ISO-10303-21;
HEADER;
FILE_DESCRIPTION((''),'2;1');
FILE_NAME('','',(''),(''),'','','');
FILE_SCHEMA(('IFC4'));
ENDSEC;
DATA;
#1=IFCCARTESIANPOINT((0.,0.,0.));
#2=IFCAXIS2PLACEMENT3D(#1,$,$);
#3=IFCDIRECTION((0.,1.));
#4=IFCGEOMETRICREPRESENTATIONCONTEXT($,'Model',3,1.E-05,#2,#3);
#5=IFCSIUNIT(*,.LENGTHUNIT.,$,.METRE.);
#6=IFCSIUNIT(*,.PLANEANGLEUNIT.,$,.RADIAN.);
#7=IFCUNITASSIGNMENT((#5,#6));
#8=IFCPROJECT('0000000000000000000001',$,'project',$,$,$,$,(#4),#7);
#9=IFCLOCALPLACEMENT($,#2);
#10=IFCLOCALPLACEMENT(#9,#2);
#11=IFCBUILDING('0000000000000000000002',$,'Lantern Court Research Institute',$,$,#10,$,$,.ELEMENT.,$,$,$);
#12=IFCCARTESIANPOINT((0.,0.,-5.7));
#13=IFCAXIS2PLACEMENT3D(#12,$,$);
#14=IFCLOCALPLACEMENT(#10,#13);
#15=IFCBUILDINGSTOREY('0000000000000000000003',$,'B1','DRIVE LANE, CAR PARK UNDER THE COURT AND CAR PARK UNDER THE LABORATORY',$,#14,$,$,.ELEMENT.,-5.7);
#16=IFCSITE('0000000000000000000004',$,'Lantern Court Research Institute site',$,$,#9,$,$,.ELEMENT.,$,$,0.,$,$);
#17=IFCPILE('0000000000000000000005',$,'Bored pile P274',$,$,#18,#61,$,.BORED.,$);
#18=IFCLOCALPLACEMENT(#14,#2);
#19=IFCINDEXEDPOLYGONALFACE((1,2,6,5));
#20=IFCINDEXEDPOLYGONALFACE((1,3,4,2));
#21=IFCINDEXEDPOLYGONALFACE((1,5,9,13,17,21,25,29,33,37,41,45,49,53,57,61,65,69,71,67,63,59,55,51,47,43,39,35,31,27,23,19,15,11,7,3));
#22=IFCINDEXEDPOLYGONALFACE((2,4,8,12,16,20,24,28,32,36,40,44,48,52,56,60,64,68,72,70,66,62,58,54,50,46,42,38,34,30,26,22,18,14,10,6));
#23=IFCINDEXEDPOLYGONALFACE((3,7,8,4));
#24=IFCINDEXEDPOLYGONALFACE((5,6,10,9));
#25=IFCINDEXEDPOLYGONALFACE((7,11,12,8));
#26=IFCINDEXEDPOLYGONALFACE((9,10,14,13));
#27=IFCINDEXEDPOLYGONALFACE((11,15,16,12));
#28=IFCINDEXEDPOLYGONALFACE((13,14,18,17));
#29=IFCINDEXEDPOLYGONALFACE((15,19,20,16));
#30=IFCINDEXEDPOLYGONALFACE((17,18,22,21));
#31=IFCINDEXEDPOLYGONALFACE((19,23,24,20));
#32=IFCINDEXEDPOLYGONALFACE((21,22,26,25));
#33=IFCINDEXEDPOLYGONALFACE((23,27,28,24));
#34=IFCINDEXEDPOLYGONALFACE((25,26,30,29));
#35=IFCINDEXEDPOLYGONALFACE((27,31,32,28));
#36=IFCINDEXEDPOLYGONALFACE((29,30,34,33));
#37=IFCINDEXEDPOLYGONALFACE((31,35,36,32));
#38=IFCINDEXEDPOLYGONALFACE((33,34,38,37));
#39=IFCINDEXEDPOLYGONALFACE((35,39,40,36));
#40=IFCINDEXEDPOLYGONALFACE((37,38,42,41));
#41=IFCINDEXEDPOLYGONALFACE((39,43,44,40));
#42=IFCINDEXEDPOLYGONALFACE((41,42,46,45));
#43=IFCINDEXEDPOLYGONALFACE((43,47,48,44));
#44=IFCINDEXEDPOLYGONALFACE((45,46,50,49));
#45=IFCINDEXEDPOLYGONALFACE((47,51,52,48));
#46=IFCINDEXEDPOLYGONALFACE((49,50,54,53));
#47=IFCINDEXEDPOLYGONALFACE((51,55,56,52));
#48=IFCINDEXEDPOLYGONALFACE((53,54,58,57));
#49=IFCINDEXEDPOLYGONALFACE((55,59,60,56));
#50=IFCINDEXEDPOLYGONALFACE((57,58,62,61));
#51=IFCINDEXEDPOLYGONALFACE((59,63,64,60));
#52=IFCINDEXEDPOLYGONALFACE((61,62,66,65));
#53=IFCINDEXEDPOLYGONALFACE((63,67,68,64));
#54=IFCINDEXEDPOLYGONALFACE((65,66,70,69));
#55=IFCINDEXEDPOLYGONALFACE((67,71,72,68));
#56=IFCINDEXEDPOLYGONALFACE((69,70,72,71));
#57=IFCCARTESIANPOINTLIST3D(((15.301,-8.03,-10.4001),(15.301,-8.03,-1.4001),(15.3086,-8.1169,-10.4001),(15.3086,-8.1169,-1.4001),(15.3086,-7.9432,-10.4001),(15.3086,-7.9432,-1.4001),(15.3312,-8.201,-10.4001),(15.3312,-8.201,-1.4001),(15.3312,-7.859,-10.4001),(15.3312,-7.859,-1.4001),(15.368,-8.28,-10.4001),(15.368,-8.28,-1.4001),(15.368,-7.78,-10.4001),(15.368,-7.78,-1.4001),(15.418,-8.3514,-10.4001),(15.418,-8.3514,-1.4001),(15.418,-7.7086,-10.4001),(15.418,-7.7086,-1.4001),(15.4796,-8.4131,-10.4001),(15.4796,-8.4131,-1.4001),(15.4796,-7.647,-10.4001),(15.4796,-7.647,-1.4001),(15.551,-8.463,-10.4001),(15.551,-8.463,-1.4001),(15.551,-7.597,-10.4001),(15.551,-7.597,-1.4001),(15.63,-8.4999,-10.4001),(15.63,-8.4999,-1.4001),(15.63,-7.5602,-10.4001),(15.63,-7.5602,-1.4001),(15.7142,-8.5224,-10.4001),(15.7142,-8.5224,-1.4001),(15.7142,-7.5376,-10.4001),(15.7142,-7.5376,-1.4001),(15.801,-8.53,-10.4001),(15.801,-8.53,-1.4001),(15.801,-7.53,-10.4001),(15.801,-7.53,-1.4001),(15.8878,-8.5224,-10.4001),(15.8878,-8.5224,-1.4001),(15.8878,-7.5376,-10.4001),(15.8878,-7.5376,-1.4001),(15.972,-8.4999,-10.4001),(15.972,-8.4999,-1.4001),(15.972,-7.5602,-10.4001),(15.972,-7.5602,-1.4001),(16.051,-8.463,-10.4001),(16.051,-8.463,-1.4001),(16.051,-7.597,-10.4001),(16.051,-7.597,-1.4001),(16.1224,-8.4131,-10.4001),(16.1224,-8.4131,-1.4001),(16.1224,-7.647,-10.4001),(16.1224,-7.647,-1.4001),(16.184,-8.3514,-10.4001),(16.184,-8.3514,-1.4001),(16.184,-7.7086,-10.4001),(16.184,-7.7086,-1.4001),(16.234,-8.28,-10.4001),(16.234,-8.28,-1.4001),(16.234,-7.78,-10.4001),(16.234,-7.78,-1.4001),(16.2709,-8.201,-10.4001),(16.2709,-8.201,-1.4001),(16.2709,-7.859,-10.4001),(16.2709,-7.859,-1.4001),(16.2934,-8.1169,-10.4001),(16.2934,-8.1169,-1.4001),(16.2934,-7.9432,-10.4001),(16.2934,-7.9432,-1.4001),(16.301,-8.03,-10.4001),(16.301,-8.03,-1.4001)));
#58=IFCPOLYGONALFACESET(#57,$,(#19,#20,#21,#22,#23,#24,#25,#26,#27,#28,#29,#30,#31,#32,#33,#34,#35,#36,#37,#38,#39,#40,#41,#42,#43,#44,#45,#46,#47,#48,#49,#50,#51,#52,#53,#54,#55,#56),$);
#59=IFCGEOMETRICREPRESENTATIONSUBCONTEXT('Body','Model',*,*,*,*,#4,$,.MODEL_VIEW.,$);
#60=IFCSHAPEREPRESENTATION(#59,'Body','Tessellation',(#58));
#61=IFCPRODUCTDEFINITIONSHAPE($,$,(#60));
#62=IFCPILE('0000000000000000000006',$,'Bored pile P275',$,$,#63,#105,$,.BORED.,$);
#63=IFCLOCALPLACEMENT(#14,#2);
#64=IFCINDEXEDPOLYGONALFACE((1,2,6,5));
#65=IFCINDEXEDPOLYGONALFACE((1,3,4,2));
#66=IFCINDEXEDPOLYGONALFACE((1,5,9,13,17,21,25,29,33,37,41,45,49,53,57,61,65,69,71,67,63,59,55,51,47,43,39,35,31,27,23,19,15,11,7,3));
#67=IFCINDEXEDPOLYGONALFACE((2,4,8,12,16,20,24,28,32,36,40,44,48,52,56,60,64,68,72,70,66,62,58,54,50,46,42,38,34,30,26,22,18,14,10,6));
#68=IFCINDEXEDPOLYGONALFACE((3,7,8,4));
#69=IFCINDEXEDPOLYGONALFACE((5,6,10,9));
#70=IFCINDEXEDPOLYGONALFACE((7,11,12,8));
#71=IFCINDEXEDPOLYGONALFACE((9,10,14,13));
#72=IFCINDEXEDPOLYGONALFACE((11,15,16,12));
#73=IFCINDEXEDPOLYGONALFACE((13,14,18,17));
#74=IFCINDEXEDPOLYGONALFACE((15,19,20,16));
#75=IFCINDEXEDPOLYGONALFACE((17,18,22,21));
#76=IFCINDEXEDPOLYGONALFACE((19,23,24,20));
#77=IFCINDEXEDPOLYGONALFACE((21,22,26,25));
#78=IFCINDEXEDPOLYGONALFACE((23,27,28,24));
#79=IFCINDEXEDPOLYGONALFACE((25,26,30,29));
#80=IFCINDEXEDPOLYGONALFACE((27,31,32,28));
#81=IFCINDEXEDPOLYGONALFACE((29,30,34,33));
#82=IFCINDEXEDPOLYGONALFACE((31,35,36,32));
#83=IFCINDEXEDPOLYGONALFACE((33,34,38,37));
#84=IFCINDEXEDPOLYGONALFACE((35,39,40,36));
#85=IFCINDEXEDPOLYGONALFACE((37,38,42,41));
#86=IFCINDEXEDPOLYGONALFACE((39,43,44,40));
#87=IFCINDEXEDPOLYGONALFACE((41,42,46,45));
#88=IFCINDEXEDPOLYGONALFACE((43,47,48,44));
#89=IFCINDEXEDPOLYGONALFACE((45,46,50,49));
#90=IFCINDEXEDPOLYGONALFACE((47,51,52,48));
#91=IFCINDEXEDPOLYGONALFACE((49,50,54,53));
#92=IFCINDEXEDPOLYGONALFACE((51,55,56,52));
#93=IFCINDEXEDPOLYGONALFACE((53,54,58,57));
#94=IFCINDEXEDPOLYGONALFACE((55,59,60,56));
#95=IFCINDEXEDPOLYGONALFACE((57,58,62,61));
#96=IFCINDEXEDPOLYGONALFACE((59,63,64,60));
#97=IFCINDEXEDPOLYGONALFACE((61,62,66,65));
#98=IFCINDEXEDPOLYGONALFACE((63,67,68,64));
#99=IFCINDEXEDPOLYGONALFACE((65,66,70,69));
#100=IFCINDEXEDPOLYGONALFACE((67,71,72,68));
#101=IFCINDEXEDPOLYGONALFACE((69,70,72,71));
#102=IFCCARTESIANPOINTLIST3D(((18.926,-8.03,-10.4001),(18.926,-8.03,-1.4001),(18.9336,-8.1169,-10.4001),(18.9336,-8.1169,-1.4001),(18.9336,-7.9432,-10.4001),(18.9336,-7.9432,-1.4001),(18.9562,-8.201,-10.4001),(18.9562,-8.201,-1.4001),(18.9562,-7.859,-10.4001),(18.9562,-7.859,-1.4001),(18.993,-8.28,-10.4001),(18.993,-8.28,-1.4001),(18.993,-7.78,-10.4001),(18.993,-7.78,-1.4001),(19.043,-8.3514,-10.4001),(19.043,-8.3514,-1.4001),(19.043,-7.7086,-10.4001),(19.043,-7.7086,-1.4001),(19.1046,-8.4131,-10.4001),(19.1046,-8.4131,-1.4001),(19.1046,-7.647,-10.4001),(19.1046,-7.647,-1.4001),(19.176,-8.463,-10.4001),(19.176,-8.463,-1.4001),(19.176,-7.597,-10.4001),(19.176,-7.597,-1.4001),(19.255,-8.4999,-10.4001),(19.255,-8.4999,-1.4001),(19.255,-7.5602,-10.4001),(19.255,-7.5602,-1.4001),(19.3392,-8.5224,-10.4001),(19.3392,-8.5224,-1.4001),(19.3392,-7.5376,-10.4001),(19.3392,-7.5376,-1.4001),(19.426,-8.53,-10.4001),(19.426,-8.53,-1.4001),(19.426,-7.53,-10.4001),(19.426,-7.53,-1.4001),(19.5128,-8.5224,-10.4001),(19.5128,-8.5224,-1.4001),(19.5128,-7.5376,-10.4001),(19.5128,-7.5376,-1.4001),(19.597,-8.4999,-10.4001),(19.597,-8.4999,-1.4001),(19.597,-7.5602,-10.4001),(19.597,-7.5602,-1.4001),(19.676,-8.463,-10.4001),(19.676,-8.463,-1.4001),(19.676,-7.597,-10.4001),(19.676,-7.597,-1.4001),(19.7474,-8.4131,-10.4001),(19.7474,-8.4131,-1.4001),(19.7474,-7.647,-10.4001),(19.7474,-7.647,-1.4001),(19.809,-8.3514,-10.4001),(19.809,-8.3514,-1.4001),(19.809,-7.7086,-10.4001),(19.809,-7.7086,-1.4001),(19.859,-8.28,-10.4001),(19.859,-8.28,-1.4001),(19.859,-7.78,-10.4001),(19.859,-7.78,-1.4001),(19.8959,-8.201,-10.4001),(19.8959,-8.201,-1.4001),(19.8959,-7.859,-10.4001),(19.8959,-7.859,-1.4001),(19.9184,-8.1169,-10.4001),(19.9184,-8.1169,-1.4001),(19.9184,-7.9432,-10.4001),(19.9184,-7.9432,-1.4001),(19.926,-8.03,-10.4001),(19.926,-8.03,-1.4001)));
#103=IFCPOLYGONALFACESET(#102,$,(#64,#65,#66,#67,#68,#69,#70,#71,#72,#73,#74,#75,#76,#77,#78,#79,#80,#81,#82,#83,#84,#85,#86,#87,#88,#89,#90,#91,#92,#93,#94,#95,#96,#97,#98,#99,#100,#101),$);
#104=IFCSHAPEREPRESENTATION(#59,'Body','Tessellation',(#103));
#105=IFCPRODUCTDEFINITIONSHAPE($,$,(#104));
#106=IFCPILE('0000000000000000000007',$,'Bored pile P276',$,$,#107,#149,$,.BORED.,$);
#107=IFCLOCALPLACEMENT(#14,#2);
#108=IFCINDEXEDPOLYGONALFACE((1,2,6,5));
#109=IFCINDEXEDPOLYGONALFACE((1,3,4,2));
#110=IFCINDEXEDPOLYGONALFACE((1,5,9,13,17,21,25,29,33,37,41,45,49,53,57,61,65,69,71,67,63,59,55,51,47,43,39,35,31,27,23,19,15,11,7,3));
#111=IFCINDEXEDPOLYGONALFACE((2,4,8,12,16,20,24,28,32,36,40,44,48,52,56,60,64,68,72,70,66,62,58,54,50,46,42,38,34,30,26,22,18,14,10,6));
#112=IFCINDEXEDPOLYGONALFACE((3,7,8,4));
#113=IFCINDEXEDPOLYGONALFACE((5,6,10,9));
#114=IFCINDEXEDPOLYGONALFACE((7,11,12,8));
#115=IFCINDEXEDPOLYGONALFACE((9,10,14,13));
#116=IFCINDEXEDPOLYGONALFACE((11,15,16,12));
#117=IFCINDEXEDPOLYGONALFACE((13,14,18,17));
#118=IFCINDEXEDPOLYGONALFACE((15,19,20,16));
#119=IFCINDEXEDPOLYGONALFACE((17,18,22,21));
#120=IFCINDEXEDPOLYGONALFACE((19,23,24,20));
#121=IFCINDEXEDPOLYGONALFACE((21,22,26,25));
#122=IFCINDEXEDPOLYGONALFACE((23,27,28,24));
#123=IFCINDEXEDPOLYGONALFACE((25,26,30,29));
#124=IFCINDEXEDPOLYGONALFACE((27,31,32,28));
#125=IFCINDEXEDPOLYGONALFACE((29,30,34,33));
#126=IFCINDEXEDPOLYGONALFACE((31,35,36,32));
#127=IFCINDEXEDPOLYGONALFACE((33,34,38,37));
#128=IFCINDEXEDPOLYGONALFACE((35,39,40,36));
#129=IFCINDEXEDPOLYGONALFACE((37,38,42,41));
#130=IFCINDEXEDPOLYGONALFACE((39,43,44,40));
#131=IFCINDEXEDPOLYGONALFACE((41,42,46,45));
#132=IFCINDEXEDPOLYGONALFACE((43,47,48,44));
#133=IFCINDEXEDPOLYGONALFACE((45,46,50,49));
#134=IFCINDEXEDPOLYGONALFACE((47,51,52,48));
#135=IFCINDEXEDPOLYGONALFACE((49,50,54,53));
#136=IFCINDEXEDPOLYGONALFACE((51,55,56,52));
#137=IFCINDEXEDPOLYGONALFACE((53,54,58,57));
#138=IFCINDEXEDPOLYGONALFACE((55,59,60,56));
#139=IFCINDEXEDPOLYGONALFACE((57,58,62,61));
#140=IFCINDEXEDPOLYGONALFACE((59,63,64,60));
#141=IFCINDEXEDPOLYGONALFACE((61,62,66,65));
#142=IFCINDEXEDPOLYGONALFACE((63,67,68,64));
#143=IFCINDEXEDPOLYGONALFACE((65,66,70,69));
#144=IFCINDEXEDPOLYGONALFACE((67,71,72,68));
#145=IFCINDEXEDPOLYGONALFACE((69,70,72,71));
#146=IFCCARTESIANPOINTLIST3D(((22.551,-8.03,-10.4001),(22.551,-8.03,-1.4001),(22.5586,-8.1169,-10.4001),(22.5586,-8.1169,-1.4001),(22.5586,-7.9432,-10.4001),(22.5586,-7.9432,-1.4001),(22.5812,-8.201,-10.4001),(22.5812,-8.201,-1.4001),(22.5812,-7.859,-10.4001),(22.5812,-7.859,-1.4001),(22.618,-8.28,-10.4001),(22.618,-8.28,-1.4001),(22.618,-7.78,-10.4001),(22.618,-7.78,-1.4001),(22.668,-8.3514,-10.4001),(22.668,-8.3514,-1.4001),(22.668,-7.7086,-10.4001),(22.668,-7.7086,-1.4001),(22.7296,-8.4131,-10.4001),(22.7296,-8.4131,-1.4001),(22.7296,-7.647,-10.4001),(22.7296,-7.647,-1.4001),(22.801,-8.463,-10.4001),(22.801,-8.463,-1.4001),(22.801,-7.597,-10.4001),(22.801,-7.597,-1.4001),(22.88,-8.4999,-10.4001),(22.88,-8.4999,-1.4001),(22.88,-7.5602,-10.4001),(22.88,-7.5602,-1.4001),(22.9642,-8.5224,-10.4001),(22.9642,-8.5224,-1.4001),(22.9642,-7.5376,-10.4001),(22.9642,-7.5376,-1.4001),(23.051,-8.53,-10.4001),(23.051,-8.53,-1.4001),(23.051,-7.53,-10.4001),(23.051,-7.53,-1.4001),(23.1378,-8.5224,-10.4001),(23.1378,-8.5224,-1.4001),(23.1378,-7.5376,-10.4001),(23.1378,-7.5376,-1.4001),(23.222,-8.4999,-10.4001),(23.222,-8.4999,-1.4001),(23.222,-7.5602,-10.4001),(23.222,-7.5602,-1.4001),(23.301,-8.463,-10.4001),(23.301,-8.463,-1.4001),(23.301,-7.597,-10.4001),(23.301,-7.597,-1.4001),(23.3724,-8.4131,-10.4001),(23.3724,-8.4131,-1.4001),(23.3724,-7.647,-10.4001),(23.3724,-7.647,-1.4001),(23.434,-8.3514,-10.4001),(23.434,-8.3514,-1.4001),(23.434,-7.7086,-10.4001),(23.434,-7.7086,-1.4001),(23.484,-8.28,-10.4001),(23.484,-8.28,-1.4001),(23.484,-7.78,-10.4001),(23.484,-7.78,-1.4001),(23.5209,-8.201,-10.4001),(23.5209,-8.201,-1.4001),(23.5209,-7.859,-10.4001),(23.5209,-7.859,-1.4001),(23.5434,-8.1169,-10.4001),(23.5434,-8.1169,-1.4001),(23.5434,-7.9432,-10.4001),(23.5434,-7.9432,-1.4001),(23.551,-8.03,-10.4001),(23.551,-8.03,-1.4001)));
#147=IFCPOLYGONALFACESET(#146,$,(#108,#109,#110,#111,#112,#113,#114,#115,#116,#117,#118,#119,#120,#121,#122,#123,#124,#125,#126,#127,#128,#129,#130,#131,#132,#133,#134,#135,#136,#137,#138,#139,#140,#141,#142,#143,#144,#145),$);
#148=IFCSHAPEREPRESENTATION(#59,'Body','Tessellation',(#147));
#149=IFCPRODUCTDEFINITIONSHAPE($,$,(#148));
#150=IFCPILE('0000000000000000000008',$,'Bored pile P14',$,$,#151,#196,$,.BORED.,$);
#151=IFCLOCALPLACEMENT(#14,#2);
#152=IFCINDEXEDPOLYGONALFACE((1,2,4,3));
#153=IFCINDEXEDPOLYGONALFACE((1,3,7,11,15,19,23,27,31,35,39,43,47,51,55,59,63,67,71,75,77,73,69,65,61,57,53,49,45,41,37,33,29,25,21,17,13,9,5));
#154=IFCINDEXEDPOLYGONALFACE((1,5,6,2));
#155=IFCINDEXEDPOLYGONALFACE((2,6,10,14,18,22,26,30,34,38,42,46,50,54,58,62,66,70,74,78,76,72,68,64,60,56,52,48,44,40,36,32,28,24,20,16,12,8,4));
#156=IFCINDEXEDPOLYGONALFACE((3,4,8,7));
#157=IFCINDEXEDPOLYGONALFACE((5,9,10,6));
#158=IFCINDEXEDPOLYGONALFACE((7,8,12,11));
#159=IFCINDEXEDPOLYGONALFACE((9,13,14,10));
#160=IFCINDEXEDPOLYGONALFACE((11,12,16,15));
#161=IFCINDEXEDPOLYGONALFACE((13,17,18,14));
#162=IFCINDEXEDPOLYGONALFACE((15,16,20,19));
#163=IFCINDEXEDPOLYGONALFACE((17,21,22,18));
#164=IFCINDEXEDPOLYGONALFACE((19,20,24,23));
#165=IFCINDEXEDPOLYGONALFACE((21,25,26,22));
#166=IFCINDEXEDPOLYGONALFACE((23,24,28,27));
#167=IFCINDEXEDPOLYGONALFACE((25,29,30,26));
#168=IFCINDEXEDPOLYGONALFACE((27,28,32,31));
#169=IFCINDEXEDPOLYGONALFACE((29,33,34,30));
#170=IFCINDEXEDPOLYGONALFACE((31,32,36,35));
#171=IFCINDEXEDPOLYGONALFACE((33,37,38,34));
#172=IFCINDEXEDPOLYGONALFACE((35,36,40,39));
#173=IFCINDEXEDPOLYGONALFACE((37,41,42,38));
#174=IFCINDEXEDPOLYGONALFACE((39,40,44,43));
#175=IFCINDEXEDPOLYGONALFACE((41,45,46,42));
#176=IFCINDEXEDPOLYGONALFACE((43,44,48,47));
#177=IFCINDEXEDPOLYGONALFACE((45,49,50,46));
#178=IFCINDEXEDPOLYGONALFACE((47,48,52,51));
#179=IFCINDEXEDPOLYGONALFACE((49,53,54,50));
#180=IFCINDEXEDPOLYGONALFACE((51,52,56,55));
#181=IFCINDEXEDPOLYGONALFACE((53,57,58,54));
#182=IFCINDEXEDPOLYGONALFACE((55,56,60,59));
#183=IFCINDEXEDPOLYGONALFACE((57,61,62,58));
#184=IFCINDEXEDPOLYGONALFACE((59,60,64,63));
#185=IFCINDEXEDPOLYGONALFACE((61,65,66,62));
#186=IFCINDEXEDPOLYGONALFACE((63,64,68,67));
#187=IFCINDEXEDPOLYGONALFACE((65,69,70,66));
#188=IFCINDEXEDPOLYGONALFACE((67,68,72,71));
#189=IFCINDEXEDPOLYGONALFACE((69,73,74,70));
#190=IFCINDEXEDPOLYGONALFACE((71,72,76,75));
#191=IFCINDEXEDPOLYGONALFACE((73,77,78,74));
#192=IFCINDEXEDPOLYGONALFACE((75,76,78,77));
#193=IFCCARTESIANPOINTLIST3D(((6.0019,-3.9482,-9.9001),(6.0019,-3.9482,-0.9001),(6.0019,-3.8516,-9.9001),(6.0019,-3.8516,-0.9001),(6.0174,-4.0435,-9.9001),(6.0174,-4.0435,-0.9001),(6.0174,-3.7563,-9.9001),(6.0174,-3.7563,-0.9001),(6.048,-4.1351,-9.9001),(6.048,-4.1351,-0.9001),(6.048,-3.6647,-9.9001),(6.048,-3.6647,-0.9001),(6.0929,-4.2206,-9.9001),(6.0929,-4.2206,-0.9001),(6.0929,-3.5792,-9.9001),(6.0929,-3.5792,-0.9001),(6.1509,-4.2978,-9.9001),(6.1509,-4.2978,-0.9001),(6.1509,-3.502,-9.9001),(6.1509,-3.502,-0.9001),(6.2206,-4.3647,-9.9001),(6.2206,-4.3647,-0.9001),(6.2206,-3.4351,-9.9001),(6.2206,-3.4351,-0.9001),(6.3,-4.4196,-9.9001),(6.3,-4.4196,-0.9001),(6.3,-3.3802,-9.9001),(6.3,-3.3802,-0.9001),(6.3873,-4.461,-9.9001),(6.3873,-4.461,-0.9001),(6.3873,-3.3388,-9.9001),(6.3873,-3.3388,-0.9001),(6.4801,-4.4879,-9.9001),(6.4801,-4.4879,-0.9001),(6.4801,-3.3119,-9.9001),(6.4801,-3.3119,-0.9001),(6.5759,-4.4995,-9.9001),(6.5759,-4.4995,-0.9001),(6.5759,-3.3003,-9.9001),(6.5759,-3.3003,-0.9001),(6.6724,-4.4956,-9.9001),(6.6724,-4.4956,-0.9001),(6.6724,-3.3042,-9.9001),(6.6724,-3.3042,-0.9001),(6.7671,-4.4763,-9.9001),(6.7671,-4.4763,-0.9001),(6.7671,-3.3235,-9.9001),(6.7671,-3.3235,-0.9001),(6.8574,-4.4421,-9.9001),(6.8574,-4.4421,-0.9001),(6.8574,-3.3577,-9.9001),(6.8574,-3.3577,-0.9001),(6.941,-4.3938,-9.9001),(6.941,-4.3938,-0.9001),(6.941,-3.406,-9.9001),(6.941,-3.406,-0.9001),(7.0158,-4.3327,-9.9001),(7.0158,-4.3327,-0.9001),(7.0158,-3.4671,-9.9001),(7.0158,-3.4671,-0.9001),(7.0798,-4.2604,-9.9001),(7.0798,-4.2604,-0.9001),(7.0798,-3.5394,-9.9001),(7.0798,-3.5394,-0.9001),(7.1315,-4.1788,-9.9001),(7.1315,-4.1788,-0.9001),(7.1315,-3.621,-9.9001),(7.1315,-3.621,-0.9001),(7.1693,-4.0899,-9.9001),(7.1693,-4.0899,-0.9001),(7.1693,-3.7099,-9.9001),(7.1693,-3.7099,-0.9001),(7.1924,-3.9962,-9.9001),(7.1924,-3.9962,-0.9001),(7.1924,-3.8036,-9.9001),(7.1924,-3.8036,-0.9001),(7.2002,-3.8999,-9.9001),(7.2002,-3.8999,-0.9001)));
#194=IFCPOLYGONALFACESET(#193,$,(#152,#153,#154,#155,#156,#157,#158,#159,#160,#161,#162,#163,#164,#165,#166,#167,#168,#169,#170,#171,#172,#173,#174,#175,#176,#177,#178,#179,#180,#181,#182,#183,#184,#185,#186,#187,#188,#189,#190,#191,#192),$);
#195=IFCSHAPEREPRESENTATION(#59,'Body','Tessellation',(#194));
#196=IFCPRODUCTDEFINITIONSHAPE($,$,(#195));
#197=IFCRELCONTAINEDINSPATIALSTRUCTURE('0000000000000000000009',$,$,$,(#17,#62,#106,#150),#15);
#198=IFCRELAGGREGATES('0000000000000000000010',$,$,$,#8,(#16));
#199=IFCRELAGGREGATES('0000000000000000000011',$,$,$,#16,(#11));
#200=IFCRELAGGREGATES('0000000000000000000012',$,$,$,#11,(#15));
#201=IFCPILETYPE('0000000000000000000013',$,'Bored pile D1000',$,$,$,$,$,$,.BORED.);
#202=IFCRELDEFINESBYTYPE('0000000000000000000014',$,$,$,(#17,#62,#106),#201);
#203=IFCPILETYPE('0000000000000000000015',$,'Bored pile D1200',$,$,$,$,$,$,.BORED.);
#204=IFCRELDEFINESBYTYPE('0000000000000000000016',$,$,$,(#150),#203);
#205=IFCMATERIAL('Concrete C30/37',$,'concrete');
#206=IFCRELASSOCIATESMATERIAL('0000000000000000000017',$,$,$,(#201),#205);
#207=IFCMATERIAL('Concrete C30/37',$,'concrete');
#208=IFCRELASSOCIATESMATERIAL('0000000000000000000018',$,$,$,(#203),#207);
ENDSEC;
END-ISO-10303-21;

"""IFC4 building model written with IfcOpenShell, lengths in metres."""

from ifc_helpers import new_model, si_unit, direction, frame, origin, origin_2d, place, context, subcontext, project, spatial, circle, extrude, material, material_profile, profile_set, type_object, element, save


model = new_model("IFC4")

# Units and contexts
model_context = context("Model", 3, precision=1e-05, world=origin(), true_north=direction((0.0, 1.0)))
body_context = subcontext(model_context, "Body", "Model", "MODEL_VIEW")
ifc_project = project(units=[si_unit("LENGTHUNIT", "METRE"), si_unit("PLANEANGLEUNIT", "RADIAN")], contexts=[model_context])

# Site, building, storey
site_placement = place(None, origin())
site = spatial("IfcSite", under=ifc_project, at=site_placement, Name="Lantern Court Research Institute site", CompositionType="ELEMENT", RefElevation=0.0)
building_placement = place(site_placement, origin())
building = spatial("IfcBuilding", under=site, at=building_placement, Name="Lantern Court Research Institute", CompositionType="ELEMENT")
storey_placement = place(building_placement, frame((0.0, 0.0, -5.7)))
storey = spatial("IfcBuildingStorey", under=building, at=storey_placement, Name="B1", Description="DRIVE LANE, CAR PARK UNDER THE COURT AND CAR PARK UNDER THE LABORATORY", CompositionType="ELEMENT", Elevation=-5.7)

# Piles
ifc_material_1 = material(Name="Concrete C30/37", Category="concrete")
ifc_material_profile_1 = material_profile(ifc_material_1, circle(Radius=0.5, at=origin_2d()), Name="Bored pile D1000")
ifc_profile_set_1 = profile_set([ifc_material_profile_1], Name="Concrete C30/37")
pile_type_1 = type_object("IfcPileType", Name="Bored pile D1000", PredefinedType="BORED", material=ifc_profile_set_1)
for number, where, z_axis, x_axis, name in (
    (1, (15.801, -8.03, -1.4001), (0.0, 0.0, -1.0), (1.0, 0.0, 0.0), "Bored pile P274"),
    (2, (19.426, -8.03, -1.4001), (0.0, 0.0, -1.0), (1.0, 0.0, 0.0), "Bored pile P275"),
    (3, (23.051, -8.03, -1.4001), (0.0, 0.0, -1.0), (1.0, 0.0, 0.0), "Bored pile P276"),
):
    element("IfcPile", number, at=place(storey_placement, frame(where, z_axis=z_axis, x_axis=x_axis)), inside=storey, type_object=pile_type_1, Name=name, PredefinedType="BORED", context=body_context, shape_type="SweptSolid", body=[
        extrude(circle(Radius=0.5, at=origin_2d()), origin(), (0.0, 0.0, 1.0), 9.0),
    ])
ifc_material_2 = material(Name="Concrete C30/37", Category="concrete")
ifc_material_profile_2 = material_profile(ifc_material_2, circle(Radius=0.6001, at=origin_2d()), Name="Bored pile D1200")
ifc_profile_set_2 = profile_set([ifc_material_profile_2], Name="Concrete C30/37")
pile_type_2 = type_object("IfcPileType", Name="Bored pile D1200", PredefinedType="BORED", material=ifc_profile_set_2)
for number, where, z_axis, x_axis, name in (
    (4, (6.6001, -3.8999, -0.9001), (0.0, 0.0, -1.0), (1.0, 0.0, 0.0), "Bored pile P14"),
):
    element("IfcPile", number, at=place(storey_placement, frame(where, z_axis=z_axis, x_axis=x_axis)), inside=storey, type_object=pile_type_2, Name=name, PredefinedType="BORED", context=body_context, shape_type="SweptSolid", body=[
        extrude(circle(Radius=0.6001, at=origin_2d()), origin(), (0.0, 0.0, 1.0), 9.0),
    ])

save(model, "model.ifc")
